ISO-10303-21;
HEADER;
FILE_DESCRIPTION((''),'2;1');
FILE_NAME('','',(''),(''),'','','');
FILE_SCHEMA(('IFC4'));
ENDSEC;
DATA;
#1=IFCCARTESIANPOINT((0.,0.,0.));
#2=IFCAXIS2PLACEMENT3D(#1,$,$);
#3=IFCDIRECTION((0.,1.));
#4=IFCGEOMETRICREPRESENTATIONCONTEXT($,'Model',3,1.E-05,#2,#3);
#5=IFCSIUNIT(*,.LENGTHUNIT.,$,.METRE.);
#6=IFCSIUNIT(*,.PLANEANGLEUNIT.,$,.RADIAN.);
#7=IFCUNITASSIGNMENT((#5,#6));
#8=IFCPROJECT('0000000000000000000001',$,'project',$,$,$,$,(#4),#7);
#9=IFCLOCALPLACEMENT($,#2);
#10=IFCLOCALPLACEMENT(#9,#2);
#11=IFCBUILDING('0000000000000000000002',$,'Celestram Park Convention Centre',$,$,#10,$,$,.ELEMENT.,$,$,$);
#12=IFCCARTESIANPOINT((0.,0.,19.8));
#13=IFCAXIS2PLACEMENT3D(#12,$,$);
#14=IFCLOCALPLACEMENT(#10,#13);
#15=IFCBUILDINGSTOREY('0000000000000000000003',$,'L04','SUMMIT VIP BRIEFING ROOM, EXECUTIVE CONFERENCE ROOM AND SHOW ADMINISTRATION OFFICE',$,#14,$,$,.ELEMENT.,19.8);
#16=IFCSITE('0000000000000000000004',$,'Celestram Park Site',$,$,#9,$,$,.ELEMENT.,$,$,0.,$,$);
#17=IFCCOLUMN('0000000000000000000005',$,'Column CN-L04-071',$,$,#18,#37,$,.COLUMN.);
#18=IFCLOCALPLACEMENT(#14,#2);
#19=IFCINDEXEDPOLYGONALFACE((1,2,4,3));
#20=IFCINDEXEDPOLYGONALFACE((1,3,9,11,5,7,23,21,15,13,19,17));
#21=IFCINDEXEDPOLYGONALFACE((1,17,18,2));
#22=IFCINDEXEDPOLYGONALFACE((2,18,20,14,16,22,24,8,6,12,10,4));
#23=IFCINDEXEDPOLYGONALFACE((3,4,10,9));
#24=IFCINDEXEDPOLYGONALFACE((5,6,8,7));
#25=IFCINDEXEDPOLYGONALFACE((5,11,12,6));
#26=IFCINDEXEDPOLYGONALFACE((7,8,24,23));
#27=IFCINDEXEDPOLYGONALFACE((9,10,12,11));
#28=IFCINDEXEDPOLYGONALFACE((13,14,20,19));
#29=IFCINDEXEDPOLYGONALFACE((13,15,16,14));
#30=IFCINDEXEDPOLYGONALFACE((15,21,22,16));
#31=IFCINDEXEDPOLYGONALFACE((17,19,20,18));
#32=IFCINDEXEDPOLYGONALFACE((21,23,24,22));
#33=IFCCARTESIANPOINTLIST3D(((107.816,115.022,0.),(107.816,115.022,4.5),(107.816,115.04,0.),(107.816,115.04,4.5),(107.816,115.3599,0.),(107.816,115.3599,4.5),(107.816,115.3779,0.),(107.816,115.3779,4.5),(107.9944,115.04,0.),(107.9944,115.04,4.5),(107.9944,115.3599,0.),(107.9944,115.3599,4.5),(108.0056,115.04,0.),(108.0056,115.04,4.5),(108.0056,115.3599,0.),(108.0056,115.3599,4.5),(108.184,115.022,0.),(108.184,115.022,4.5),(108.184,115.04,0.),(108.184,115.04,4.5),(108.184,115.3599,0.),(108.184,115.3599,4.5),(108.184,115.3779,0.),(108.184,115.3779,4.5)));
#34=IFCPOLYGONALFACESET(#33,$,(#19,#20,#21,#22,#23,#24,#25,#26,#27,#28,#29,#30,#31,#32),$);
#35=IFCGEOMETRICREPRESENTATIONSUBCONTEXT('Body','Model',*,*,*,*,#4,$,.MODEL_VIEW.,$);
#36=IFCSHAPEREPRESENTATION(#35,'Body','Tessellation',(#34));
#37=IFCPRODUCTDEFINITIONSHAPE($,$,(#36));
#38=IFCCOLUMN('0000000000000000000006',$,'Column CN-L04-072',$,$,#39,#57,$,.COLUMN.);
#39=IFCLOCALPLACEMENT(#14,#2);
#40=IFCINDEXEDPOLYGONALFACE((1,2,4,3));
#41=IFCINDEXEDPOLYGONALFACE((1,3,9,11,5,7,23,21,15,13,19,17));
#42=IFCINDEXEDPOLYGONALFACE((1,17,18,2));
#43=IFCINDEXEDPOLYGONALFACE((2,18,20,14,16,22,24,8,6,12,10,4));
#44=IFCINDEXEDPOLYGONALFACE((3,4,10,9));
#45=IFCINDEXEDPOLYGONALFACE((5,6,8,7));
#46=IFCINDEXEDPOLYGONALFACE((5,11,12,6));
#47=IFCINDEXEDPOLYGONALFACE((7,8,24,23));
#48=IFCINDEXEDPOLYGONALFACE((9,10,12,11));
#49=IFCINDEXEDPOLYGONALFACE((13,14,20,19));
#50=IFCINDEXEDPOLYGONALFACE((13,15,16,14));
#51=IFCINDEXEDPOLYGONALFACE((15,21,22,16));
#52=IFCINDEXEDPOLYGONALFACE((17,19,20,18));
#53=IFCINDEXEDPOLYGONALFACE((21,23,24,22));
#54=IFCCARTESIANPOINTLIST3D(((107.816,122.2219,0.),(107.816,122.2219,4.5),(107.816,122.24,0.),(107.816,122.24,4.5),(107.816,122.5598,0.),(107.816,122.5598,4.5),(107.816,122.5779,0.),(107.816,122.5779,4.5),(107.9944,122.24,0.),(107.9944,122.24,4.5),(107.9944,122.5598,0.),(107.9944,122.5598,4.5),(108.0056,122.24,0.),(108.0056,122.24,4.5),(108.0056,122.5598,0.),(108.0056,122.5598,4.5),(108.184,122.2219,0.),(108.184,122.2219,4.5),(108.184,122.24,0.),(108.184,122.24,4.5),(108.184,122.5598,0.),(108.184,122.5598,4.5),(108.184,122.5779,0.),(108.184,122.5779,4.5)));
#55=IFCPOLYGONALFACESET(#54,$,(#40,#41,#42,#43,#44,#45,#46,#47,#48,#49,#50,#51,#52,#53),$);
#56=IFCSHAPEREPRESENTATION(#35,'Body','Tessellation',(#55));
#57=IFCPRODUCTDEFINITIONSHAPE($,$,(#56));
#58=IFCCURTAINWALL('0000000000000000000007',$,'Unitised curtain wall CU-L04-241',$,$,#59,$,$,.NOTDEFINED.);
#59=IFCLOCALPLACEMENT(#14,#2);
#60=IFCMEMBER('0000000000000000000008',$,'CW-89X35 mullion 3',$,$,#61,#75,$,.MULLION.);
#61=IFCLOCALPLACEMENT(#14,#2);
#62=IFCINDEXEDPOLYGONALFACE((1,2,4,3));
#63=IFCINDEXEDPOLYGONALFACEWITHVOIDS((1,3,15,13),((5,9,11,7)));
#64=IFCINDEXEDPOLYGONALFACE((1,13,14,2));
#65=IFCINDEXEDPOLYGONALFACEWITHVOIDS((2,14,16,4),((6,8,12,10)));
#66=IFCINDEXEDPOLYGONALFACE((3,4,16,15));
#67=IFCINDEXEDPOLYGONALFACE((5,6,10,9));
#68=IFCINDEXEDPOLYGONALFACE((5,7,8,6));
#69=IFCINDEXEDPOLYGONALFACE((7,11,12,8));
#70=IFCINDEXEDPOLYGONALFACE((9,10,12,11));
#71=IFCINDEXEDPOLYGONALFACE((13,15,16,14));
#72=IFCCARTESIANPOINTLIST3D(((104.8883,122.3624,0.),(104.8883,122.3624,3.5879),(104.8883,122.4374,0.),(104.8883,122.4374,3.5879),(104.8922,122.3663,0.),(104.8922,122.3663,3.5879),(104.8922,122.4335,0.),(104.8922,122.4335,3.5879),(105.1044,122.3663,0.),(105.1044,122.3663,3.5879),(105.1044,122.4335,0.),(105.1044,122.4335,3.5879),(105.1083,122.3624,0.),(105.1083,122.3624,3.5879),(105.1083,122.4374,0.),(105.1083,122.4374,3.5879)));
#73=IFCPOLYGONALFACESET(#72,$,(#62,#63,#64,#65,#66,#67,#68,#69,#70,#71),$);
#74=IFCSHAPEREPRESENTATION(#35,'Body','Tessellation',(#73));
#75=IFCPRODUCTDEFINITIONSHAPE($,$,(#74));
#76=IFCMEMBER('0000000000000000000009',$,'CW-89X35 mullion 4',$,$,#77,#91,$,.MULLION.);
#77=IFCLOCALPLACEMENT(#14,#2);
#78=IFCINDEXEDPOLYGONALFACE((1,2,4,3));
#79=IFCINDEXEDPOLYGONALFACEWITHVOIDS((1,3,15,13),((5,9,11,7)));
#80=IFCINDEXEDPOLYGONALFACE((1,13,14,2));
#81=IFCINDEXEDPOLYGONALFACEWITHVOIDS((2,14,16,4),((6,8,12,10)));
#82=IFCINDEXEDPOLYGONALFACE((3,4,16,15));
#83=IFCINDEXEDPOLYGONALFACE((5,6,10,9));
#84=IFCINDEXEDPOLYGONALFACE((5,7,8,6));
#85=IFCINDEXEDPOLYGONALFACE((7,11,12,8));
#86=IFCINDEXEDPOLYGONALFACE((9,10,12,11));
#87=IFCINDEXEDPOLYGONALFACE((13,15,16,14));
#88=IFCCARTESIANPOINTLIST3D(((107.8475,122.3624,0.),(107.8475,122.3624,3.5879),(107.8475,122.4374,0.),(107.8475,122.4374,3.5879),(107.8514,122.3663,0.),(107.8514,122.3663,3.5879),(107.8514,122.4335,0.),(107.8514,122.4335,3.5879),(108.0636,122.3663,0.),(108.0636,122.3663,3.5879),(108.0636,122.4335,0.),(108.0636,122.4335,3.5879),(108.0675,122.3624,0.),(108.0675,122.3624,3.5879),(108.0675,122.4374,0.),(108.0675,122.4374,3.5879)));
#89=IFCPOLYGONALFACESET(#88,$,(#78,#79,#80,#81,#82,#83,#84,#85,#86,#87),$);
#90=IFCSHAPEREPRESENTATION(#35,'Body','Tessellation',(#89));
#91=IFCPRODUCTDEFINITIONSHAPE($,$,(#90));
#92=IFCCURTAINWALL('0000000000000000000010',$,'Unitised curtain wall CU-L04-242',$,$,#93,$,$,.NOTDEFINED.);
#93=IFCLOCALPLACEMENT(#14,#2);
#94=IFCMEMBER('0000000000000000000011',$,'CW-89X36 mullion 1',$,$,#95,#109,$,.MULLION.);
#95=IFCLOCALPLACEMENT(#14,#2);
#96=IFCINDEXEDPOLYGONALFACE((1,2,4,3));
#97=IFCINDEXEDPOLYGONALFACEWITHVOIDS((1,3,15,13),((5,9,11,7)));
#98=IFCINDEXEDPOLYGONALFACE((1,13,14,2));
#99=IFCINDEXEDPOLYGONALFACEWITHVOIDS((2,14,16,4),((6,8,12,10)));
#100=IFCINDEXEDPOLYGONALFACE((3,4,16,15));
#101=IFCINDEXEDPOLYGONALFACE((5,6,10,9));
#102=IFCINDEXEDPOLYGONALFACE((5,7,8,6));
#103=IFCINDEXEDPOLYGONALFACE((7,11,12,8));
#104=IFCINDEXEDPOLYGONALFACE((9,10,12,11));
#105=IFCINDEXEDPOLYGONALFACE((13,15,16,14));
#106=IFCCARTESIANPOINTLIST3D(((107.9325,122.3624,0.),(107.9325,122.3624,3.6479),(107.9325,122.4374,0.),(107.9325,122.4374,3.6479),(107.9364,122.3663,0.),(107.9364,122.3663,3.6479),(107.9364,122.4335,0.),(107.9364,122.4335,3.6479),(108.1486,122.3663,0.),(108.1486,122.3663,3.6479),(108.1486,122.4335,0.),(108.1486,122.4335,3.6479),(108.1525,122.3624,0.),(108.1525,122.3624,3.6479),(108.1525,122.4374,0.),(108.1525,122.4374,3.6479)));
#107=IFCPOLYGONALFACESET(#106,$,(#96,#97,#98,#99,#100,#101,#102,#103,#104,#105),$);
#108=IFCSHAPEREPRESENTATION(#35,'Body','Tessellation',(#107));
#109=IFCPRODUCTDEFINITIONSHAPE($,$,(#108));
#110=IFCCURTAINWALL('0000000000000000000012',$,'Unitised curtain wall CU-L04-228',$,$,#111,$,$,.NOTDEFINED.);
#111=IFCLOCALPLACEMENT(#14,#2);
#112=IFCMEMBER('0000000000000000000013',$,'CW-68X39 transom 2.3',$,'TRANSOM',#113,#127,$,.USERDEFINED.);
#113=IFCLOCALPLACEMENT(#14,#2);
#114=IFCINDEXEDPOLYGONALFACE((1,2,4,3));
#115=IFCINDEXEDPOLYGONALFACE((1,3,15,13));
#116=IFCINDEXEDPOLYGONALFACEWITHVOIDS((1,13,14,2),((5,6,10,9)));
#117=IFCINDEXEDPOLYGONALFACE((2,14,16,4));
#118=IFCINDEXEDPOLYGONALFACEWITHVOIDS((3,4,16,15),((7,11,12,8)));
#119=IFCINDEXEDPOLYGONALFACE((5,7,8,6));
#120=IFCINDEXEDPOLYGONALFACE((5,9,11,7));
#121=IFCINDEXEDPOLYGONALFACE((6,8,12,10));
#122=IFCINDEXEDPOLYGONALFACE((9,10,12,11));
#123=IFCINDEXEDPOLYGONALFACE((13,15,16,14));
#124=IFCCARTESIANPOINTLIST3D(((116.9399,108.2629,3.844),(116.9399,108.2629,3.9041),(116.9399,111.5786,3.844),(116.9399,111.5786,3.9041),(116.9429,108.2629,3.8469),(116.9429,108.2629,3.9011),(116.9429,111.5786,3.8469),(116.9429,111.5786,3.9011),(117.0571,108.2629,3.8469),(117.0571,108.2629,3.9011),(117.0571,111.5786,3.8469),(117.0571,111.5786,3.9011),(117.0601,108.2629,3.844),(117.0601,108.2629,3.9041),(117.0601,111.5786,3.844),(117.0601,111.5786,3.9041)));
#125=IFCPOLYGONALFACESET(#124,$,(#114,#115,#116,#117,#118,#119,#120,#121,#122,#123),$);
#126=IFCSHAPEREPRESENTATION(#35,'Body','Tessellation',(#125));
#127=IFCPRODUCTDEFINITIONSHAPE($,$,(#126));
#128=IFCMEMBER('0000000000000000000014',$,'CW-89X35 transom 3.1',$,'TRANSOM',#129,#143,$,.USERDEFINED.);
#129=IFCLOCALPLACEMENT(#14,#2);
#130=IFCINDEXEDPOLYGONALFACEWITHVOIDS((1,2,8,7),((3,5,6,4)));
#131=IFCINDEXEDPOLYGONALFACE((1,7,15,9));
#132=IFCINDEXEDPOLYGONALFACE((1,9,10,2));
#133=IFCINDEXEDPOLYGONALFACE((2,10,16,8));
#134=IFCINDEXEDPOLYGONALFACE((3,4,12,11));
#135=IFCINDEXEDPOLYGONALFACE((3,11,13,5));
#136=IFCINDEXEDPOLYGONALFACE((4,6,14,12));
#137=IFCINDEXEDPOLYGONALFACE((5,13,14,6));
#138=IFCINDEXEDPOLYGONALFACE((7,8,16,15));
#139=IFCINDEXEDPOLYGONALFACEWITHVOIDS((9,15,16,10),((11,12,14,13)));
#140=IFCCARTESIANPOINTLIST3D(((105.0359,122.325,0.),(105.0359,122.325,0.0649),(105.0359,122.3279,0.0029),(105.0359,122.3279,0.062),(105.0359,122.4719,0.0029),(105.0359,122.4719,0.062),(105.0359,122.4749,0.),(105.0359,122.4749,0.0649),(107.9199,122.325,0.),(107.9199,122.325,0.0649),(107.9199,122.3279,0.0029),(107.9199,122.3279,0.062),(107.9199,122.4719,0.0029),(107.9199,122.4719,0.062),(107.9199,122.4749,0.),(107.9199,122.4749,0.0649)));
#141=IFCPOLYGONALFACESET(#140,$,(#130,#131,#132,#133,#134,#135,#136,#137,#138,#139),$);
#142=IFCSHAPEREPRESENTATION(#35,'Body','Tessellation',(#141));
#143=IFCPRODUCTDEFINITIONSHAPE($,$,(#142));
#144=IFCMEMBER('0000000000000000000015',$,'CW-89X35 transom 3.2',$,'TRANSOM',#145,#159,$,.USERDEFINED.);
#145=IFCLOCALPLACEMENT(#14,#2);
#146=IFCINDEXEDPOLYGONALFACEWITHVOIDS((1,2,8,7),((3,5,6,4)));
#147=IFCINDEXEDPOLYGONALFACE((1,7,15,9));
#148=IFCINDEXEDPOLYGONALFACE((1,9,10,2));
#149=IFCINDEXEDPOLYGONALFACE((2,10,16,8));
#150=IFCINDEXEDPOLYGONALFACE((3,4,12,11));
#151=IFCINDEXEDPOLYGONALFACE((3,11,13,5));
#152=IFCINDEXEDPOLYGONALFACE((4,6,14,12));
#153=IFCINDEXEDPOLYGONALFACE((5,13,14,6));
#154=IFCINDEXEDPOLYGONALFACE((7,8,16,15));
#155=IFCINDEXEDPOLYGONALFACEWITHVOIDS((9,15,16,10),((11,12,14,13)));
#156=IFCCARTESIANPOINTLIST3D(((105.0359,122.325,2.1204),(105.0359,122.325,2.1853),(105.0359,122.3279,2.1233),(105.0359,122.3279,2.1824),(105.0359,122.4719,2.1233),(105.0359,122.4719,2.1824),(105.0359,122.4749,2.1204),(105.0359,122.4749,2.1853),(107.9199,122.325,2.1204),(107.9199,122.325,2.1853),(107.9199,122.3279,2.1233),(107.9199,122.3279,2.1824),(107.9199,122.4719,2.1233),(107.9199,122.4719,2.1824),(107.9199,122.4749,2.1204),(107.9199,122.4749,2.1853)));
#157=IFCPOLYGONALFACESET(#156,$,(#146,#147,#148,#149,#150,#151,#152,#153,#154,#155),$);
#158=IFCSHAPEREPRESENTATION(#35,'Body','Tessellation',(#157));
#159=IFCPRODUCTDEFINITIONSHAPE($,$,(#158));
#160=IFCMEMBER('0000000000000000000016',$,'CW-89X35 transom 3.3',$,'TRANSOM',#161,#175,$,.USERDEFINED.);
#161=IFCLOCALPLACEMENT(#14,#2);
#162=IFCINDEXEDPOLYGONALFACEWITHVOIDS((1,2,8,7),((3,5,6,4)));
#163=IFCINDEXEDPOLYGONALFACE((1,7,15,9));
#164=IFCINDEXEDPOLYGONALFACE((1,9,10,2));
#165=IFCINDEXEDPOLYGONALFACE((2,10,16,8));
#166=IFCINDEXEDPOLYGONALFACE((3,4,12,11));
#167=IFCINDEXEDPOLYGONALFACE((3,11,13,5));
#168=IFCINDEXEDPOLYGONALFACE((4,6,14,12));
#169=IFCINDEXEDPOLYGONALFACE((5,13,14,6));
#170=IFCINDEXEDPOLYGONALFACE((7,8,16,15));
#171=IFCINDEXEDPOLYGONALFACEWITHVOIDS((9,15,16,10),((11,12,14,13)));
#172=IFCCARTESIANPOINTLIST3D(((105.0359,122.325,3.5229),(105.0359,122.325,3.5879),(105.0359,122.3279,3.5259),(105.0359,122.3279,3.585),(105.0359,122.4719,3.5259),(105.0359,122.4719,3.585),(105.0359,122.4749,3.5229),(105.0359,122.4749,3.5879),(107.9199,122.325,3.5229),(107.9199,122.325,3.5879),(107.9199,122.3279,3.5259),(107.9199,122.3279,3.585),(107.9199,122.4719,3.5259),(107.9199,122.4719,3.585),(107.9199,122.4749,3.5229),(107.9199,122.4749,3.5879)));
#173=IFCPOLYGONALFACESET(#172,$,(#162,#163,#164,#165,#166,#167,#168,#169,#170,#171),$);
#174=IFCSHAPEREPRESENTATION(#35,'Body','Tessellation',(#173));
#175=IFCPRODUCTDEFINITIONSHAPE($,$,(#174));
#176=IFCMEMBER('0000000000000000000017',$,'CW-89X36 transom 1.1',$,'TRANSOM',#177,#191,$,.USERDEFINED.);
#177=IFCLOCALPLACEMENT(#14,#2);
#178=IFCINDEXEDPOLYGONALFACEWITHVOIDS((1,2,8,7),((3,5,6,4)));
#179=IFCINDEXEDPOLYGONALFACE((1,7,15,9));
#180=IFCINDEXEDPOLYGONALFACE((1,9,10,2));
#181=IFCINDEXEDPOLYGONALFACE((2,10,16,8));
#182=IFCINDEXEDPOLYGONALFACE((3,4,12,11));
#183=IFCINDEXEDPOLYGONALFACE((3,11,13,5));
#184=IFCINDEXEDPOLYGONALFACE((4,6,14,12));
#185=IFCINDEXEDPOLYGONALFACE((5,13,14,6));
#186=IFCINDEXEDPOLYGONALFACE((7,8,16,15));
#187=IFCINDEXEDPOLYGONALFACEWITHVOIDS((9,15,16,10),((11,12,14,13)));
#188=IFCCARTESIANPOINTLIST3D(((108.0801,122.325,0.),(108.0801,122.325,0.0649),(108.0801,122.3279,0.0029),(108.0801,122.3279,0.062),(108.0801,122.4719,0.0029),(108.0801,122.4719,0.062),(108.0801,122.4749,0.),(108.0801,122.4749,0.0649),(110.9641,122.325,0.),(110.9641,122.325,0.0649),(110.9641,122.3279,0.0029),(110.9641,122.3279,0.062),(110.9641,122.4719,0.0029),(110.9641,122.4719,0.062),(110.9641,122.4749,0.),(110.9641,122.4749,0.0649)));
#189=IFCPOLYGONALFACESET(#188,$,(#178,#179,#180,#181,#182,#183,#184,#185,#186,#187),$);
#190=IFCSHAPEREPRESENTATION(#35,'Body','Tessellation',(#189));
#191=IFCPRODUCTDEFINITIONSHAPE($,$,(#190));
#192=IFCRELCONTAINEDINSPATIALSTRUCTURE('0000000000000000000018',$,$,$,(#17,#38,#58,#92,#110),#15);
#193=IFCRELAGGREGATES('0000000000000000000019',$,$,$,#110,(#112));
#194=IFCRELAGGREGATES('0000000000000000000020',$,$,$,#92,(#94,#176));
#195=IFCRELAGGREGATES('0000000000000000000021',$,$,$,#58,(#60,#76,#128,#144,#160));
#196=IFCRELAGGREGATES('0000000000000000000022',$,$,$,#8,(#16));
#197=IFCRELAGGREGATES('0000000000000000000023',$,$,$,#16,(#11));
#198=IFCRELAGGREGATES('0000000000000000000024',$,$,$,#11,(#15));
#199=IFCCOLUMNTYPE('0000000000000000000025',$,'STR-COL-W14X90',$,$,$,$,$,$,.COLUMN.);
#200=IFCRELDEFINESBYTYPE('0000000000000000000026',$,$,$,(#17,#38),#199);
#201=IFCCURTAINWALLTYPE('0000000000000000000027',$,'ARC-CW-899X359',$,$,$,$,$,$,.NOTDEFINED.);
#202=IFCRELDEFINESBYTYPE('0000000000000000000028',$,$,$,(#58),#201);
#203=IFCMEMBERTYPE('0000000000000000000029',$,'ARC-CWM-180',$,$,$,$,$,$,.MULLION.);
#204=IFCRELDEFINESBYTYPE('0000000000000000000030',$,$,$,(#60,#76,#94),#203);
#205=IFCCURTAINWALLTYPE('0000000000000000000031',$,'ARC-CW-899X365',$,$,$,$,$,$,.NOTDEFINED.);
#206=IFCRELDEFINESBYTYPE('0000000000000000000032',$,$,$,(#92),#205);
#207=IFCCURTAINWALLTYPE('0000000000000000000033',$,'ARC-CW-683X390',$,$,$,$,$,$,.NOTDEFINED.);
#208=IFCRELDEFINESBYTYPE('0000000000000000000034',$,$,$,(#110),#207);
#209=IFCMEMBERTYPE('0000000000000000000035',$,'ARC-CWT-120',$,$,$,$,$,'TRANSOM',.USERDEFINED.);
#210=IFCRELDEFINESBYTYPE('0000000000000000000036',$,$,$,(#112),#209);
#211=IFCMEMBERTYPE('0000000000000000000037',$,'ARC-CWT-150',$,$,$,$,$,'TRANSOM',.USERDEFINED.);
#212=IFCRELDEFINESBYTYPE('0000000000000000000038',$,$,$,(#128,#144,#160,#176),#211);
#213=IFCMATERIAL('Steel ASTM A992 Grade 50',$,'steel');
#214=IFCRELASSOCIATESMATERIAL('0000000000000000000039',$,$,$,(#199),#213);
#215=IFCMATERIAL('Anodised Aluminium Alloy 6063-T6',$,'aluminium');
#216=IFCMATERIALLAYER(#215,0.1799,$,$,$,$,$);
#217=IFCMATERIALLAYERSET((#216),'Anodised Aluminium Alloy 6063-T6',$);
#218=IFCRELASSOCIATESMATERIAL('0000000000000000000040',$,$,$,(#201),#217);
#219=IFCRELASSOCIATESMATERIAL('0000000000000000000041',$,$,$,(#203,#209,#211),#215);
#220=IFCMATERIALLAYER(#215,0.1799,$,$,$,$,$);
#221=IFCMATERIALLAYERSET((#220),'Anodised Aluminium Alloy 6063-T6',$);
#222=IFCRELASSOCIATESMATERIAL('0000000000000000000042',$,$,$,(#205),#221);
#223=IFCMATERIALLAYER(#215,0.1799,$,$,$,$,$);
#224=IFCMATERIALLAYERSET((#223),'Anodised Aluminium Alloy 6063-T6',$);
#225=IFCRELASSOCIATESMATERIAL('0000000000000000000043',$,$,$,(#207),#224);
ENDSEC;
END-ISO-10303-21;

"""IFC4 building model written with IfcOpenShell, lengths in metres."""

from ifc_helpers import new_model, si_unit, direction, frame, origin, origin_2d, place, context, subcontext, project, spatial, hollow_rectangle, i_section, extrude, material, layer, layer_set, material_profile, profile_set, type_object, element, aggregate, save


model = new_model("IFC4")

# Units and contexts
model_context = context("Model", 3, precision=1e-05, world=origin(), true_north=direction((0.0, 1.0)))
body_context = subcontext(model_context, "Body", "Model", "MODEL_VIEW")
ifc_project = project(units=[si_unit("LENGTHUNIT", "METRE"), si_unit("PLANEANGLEUNIT", "RADIAN")], contexts=[model_context])

# Site, building, storey
site_placement = place(None, origin())
site = spatial("IfcSite", under=ifc_project, at=site_placement, Name="Celestram Park Site", CompositionType="ELEMENT", RefElevation=0.0)
building_placement = place(site_placement, origin())
building = spatial("IfcBuilding", under=site, at=building_placement, Name="Celestram Park Convention Centre", CompositionType="ELEMENT")
storey_placement = place(building_placement, frame((0.0, 0.0, 19.8)))
storey = spatial("IfcBuildingStorey", under=building, at=storey_placement, Name="L04", Description="SUMMIT VIP BRIEFING ROOM, EXECUTIVE CONFERENCE ROOM AND SHOW ADMINISTRATION OFFICE", CompositionType="ELEMENT", Elevation=19.8)

# Columns
ifc_material_1 = material(Name="Steel ASTM A992 Grade 50", Category="steel")
ifc_material_profile_1 = material_profile(ifc_material_1, i_section(OverallWidth=0.3679, OverallDepth=0.356, WebThickness=0.0112, FlangeThickness=0.0181, at=origin_2d()), Name="W14X90")
ifc_profile_set_1 = profile_set([ifc_material_profile_1], Name="Steel ASTM A992 Grade 50")
column_type = type_object("IfcColumnType", Name="STR-COL-W14X90", PredefinedType="COLUMN", material=ifc_profile_set_1)
for number, where, z_axis, x_axis, name in (
    (1, (108.0, 115.2, 0.0), (0.0, 0.0, 1.0), (1.0, 0.0, 0.0), "Column CN-L04-071"),
    (2, (108.0, 122.3999, 0.0), (0.0, 0.0, 1.0), (1.0, 0.0, 0.0), "Column CN-L04-072"),
):
    element("IfcColumn", number, at=place(storey_placement, frame(where, z_axis=z_axis, x_axis=x_axis)), inside=storey, type_object=column_type, Name=name, PredefinedType="COLUMN", context=body_context, shape_type="SweptSolid", body=[
        extrude(i_section(OverallWidth=0.3679, OverallDepth=0.356, WebThickness=0.0112, FlangeThickness=0.0181, at=origin_2d()), origin(), (0.0, 0.0, 1.0), 4.5),
    ])

# Curtain wall, members
ifc_material_2 = material(Name="Anodised Aluminium Alloy 6063-T6", Category="aluminium")
ifc_layer_1 = layer(ifc_material_2, 0.1799)
ifc_layer_set_1 = layer_set([ifc_layer_1], Name="Anodised Aluminium Alloy 6063-T6")
curtain_wall_type_1 = type_object("IfcCurtainWallType", Name="ARC-CW-899X359", PredefinedType="NOTDEFINED", material=ifc_layer_set_1)
curtain_wall_1_placement = place(storey_placement, origin())
curtain_wall_1 = element("IfcCurtainWall", 3, at=curtain_wall_1_placement, inside=storey, type_object=curtain_wall_type_1, Name="Unitised curtain wall CU-L04-241", PredefinedType="NOTDEFINED")
ifc_material_profile_2 = material_profile(ifc_material_2, hollow_rectangle(XDim=0.075, YDim=0.22, WallThickness=0.0039, at=origin_2d()), Name="ALU75X220X4")
ifc_profile_set_2 = profile_set([ifc_material_profile_2], Name="Anodised Aluminium Alloy 6063-T6")
member_type_1 = type_object("IfcMemberType", Name="ARC-CWM-180", PredefinedType="MULLION", material=ifc_profile_set_2)
member_1_placement = place(storey_placement, frame((104.9983, 122.3999, 0.0), z_axis=(0.0, 0.0, 1.0), x_axis=(0.0, 1.0, 0.0)))
member_1 = element("IfcMember", 4, at=member_1_placement, type_object=member_type_1, Name="CW-89X35 mullion 3", PredefinedType="MULLION", context=body_context, shape_type="SweptSolid", body=[
    extrude(hollow_rectangle(XDim=0.075, YDim=0.22, WallThickness=0.0039, at=origin_2d()), origin(), (0.0, 0.0, 1.0), 3.5879),
])
member_2_placement = place(storey_placement, frame((107.9575, 122.3999, 0.0), z_axis=(0.0, 0.0, 1.0), x_axis=(0.0, 1.0, 0.0)))
member_2 = element("IfcMember", 5, at=member_2_placement, type_object=member_type_1, Name="CW-89X35 mullion 4", PredefinedType="MULLION", context=body_context, shape_type="SweptSolid", body=[
    extrude(hollow_rectangle(XDim=0.075, YDim=0.22, WallThickness=0.0039, at=origin_2d()), origin(), (0.0, 0.0, 1.0), 3.5879),
])

# Curtain walls, members
ifc_layer_2 = layer(ifc_material_2, 0.1799)
ifc_layer_set_2 = layer_set([ifc_layer_2], Name="Anodised Aluminium Alloy 6063-T6")
curtain_wall_type_2 = type_object("IfcCurtainWallType", Name="ARC-CW-899X365", PredefinedType="NOTDEFINED", material=ifc_layer_set_2)
curtain_wall_2_placement = place(storey_placement, origin())
curtain_wall_2 = element("IfcCurtainWall", 6, at=curtain_wall_2_placement, inside=storey, type_object=curtain_wall_type_2, Name="Unitised curtain wall CU-L04-242", PredefinedType="NOTDEFINED")
member_3_placement = place(storey_placement, frame((108.0425, 122.3999, 0.0), z_axis=(0.0, 0.0, 1.0), x_axis=(0.0, 1.0, 0.0)))
member_3 = element("IfcMember", 7, at=member_3_placement, type_object=member_type_1, Name="CW-89X36 mullion 1", PredefinedType="MULLION", context=body_context, shape_type="SweptSolid", body=[
    extrude(hollow_rectangle(XDim=0.075, YDim=0.22, WallThickness=0.0039, at=origin_2d()), origin(), (0.0, 0.0, 1.0), 3.6479),
])
ifc_layer_3 = layer(ifc_material_2, 0.1799)
ifc_layer_set_3 = layer_set([ifc_layer_3], Name="Anodised Aluminium Alloy 6063-T6")
curtain_wall_type_3 = type_object("IfcCurtainWallType", Name="ARC-CW-683X390", PredefinedType="NOTDEFINED", material=ifc_layer_set_3)
curtain_wall_3_placement = place(storey_placement, origin())
curtain_wall_3 = element("IfcCurtainWall", 8, at=curtain_wall_3_placement, inside=storey, type_object=curtain_wall_type_3, Name="Unitised curtain wall CU-L04-228", PredefinedType="NOTDEFINED")
ifc_material_profile_3 = material_profile(ifc_material_2, hollow_rectangle(XDim=0.1201, YDim=0.0601, WallThickness=0.0029, at=origin_2d()), Name="ALU120X60X3")
ifc_profile_set_3 = profile_set([ifc_material_profile_3], Name="Anodised Aluminium Alloy 6063-T6")
member_type_2 = type_object("IfcMemberType", Name="ARC-CWT-120", ElementType="TRANSOM", PredefinedType="USERDEFINED", material=ifc_profile_set_3)
member_4_placement = place(storey_placement, frame((117.0, 111.5786, 3.874), z_axis=(0.0, -1.0, 0.0), x_axis=(1.0, 0.0, 0.0)))
member_4 = element("IfcMember", 9, at=member_4_placement, type_object=member_type_2, Name="CW-68X39 transom 2.3", ObjectType="TRANSOM", PredefinedType="USERDEFINED", context=body_context, shape_type="SweptSolid", body=[
    extrude(hollow_rectangle(XDim=0.1201, YDim=0.0601, WallThickness=0.0029, at=origin_2d()), origin(), (0.0, 0.0, 1.0), 3.3157),
])
aggregate(curtain_wall_3, [member_4])

# Members
ifc_material_profile_4 = material_profile(ifc_material_2, hollow_rectangle(XDim=0.1499, YDim=0.0649, WallThickness=0.0029, at=origin_2d()), Name="ALU150X65X3")
ifc_profile_set_4 = profile_set([ifc_material_profile_4], Name="Anodised Aluminium Alloy 6063-T6")
member_type_3 = type_object("IfcMemberType", Name="ARC-CWT-150", ElementType="TRANSOM", PredefinedType="USERDEFINED", material=ifc_profile_set_4)
member_5_placement = place(storey_placement, frame((105.0359, 122.3999, 0.0325), z_axis=(1.0, 0.0, 0.0), x_axis=(0.0, 1.0, 0.0)))
member_5 = element("IfcMember", 10, at=member_5_placement, type_object=member_type_3, Name="CW-89X35 transom 3.1", ObjectType="TRANSOM", PredefinedType="USERDEFINED", context=body_context, shape_type="SweptSolid", body=[
    extrude(hollow_rectangle(XDim=0.1499, YDim=0.0649, WallThickness=0.0029, at=origin_2d()), origin(), (0.0, 0.0, 1.0), 2.884),
])
member_6_placement = place(storey_placement, frame((105.0359, 122.3999, 2.1528), z_axis=(1.0, 0.0, 0.0), x_axis=(0.0, 1.0, 0.0)))
member_6 = element("IfcMember", 11, at=member_6_placement, type_object=member_type_3, Name="CW-89X35 transom 3.2", ObjectType="TRANSOM", PredefinedType="USERDEFINED", context=body_context, shape_type="SweptSolid", body=[
    extrude(hollow_rectangle(XDim=0.1499, YDim=0.0649, WallThickness=0.0029, at=origin_2d()), origin(), (0.0, 0.0, 1.0), 2.884),
])
member_7_placement = place(storey_placement, frame((105.0359, 122.3999, 3.5554), z_axis=(1.0, 0.0, 0.0), x_axis=(0.0, 1.0, 0.0)))
member_7 = element("IfcMember", 12, at=member_7_placement, type_object=member_type_3, Name="CW-89X35 transom 3.3", ObjectType="TRANSOM", PredefinedType="USERDEFINED", context=body_context, shape_type="SweptSolid", body=[
    extrude(hollow_rectangle(XDim=0.1499, YDim=0.0649, WallThickness=0.0029, at=origin_2d()), origin(), (0.0, 0.0, 1.0), 2.884),
])
member_8_placement = place(storey_placement, frame((108.0801, 122.3999, 0.0325), z_axis=(1.0, 0.0, 0.0), x_axis=(0.0, 1.0, 0.0)))
member_8 = element("IfcMember", 13, at=member_8_placement, type_object=member_type_3, Name="CW-89X36 transom 1.1", ObjectType="TRANSOM", PredefinedType="USERDEFINED", context=body_context, shape_type="SweptSolid", body=[
    extrude(hollow_rectangle(XDim=0.1499, YDim=0.0649, WallThickness=0.0029, at=origin_2d()), origin(), (0.0, 0.0, 1.0), 2.884),
])
aggregate(curtain_wall_2, [member_3, member_8])

aggregate(curtain_wall_1, [member_1, member_2, member_5, member_6, member_7])

save(model, "model.ifc")
